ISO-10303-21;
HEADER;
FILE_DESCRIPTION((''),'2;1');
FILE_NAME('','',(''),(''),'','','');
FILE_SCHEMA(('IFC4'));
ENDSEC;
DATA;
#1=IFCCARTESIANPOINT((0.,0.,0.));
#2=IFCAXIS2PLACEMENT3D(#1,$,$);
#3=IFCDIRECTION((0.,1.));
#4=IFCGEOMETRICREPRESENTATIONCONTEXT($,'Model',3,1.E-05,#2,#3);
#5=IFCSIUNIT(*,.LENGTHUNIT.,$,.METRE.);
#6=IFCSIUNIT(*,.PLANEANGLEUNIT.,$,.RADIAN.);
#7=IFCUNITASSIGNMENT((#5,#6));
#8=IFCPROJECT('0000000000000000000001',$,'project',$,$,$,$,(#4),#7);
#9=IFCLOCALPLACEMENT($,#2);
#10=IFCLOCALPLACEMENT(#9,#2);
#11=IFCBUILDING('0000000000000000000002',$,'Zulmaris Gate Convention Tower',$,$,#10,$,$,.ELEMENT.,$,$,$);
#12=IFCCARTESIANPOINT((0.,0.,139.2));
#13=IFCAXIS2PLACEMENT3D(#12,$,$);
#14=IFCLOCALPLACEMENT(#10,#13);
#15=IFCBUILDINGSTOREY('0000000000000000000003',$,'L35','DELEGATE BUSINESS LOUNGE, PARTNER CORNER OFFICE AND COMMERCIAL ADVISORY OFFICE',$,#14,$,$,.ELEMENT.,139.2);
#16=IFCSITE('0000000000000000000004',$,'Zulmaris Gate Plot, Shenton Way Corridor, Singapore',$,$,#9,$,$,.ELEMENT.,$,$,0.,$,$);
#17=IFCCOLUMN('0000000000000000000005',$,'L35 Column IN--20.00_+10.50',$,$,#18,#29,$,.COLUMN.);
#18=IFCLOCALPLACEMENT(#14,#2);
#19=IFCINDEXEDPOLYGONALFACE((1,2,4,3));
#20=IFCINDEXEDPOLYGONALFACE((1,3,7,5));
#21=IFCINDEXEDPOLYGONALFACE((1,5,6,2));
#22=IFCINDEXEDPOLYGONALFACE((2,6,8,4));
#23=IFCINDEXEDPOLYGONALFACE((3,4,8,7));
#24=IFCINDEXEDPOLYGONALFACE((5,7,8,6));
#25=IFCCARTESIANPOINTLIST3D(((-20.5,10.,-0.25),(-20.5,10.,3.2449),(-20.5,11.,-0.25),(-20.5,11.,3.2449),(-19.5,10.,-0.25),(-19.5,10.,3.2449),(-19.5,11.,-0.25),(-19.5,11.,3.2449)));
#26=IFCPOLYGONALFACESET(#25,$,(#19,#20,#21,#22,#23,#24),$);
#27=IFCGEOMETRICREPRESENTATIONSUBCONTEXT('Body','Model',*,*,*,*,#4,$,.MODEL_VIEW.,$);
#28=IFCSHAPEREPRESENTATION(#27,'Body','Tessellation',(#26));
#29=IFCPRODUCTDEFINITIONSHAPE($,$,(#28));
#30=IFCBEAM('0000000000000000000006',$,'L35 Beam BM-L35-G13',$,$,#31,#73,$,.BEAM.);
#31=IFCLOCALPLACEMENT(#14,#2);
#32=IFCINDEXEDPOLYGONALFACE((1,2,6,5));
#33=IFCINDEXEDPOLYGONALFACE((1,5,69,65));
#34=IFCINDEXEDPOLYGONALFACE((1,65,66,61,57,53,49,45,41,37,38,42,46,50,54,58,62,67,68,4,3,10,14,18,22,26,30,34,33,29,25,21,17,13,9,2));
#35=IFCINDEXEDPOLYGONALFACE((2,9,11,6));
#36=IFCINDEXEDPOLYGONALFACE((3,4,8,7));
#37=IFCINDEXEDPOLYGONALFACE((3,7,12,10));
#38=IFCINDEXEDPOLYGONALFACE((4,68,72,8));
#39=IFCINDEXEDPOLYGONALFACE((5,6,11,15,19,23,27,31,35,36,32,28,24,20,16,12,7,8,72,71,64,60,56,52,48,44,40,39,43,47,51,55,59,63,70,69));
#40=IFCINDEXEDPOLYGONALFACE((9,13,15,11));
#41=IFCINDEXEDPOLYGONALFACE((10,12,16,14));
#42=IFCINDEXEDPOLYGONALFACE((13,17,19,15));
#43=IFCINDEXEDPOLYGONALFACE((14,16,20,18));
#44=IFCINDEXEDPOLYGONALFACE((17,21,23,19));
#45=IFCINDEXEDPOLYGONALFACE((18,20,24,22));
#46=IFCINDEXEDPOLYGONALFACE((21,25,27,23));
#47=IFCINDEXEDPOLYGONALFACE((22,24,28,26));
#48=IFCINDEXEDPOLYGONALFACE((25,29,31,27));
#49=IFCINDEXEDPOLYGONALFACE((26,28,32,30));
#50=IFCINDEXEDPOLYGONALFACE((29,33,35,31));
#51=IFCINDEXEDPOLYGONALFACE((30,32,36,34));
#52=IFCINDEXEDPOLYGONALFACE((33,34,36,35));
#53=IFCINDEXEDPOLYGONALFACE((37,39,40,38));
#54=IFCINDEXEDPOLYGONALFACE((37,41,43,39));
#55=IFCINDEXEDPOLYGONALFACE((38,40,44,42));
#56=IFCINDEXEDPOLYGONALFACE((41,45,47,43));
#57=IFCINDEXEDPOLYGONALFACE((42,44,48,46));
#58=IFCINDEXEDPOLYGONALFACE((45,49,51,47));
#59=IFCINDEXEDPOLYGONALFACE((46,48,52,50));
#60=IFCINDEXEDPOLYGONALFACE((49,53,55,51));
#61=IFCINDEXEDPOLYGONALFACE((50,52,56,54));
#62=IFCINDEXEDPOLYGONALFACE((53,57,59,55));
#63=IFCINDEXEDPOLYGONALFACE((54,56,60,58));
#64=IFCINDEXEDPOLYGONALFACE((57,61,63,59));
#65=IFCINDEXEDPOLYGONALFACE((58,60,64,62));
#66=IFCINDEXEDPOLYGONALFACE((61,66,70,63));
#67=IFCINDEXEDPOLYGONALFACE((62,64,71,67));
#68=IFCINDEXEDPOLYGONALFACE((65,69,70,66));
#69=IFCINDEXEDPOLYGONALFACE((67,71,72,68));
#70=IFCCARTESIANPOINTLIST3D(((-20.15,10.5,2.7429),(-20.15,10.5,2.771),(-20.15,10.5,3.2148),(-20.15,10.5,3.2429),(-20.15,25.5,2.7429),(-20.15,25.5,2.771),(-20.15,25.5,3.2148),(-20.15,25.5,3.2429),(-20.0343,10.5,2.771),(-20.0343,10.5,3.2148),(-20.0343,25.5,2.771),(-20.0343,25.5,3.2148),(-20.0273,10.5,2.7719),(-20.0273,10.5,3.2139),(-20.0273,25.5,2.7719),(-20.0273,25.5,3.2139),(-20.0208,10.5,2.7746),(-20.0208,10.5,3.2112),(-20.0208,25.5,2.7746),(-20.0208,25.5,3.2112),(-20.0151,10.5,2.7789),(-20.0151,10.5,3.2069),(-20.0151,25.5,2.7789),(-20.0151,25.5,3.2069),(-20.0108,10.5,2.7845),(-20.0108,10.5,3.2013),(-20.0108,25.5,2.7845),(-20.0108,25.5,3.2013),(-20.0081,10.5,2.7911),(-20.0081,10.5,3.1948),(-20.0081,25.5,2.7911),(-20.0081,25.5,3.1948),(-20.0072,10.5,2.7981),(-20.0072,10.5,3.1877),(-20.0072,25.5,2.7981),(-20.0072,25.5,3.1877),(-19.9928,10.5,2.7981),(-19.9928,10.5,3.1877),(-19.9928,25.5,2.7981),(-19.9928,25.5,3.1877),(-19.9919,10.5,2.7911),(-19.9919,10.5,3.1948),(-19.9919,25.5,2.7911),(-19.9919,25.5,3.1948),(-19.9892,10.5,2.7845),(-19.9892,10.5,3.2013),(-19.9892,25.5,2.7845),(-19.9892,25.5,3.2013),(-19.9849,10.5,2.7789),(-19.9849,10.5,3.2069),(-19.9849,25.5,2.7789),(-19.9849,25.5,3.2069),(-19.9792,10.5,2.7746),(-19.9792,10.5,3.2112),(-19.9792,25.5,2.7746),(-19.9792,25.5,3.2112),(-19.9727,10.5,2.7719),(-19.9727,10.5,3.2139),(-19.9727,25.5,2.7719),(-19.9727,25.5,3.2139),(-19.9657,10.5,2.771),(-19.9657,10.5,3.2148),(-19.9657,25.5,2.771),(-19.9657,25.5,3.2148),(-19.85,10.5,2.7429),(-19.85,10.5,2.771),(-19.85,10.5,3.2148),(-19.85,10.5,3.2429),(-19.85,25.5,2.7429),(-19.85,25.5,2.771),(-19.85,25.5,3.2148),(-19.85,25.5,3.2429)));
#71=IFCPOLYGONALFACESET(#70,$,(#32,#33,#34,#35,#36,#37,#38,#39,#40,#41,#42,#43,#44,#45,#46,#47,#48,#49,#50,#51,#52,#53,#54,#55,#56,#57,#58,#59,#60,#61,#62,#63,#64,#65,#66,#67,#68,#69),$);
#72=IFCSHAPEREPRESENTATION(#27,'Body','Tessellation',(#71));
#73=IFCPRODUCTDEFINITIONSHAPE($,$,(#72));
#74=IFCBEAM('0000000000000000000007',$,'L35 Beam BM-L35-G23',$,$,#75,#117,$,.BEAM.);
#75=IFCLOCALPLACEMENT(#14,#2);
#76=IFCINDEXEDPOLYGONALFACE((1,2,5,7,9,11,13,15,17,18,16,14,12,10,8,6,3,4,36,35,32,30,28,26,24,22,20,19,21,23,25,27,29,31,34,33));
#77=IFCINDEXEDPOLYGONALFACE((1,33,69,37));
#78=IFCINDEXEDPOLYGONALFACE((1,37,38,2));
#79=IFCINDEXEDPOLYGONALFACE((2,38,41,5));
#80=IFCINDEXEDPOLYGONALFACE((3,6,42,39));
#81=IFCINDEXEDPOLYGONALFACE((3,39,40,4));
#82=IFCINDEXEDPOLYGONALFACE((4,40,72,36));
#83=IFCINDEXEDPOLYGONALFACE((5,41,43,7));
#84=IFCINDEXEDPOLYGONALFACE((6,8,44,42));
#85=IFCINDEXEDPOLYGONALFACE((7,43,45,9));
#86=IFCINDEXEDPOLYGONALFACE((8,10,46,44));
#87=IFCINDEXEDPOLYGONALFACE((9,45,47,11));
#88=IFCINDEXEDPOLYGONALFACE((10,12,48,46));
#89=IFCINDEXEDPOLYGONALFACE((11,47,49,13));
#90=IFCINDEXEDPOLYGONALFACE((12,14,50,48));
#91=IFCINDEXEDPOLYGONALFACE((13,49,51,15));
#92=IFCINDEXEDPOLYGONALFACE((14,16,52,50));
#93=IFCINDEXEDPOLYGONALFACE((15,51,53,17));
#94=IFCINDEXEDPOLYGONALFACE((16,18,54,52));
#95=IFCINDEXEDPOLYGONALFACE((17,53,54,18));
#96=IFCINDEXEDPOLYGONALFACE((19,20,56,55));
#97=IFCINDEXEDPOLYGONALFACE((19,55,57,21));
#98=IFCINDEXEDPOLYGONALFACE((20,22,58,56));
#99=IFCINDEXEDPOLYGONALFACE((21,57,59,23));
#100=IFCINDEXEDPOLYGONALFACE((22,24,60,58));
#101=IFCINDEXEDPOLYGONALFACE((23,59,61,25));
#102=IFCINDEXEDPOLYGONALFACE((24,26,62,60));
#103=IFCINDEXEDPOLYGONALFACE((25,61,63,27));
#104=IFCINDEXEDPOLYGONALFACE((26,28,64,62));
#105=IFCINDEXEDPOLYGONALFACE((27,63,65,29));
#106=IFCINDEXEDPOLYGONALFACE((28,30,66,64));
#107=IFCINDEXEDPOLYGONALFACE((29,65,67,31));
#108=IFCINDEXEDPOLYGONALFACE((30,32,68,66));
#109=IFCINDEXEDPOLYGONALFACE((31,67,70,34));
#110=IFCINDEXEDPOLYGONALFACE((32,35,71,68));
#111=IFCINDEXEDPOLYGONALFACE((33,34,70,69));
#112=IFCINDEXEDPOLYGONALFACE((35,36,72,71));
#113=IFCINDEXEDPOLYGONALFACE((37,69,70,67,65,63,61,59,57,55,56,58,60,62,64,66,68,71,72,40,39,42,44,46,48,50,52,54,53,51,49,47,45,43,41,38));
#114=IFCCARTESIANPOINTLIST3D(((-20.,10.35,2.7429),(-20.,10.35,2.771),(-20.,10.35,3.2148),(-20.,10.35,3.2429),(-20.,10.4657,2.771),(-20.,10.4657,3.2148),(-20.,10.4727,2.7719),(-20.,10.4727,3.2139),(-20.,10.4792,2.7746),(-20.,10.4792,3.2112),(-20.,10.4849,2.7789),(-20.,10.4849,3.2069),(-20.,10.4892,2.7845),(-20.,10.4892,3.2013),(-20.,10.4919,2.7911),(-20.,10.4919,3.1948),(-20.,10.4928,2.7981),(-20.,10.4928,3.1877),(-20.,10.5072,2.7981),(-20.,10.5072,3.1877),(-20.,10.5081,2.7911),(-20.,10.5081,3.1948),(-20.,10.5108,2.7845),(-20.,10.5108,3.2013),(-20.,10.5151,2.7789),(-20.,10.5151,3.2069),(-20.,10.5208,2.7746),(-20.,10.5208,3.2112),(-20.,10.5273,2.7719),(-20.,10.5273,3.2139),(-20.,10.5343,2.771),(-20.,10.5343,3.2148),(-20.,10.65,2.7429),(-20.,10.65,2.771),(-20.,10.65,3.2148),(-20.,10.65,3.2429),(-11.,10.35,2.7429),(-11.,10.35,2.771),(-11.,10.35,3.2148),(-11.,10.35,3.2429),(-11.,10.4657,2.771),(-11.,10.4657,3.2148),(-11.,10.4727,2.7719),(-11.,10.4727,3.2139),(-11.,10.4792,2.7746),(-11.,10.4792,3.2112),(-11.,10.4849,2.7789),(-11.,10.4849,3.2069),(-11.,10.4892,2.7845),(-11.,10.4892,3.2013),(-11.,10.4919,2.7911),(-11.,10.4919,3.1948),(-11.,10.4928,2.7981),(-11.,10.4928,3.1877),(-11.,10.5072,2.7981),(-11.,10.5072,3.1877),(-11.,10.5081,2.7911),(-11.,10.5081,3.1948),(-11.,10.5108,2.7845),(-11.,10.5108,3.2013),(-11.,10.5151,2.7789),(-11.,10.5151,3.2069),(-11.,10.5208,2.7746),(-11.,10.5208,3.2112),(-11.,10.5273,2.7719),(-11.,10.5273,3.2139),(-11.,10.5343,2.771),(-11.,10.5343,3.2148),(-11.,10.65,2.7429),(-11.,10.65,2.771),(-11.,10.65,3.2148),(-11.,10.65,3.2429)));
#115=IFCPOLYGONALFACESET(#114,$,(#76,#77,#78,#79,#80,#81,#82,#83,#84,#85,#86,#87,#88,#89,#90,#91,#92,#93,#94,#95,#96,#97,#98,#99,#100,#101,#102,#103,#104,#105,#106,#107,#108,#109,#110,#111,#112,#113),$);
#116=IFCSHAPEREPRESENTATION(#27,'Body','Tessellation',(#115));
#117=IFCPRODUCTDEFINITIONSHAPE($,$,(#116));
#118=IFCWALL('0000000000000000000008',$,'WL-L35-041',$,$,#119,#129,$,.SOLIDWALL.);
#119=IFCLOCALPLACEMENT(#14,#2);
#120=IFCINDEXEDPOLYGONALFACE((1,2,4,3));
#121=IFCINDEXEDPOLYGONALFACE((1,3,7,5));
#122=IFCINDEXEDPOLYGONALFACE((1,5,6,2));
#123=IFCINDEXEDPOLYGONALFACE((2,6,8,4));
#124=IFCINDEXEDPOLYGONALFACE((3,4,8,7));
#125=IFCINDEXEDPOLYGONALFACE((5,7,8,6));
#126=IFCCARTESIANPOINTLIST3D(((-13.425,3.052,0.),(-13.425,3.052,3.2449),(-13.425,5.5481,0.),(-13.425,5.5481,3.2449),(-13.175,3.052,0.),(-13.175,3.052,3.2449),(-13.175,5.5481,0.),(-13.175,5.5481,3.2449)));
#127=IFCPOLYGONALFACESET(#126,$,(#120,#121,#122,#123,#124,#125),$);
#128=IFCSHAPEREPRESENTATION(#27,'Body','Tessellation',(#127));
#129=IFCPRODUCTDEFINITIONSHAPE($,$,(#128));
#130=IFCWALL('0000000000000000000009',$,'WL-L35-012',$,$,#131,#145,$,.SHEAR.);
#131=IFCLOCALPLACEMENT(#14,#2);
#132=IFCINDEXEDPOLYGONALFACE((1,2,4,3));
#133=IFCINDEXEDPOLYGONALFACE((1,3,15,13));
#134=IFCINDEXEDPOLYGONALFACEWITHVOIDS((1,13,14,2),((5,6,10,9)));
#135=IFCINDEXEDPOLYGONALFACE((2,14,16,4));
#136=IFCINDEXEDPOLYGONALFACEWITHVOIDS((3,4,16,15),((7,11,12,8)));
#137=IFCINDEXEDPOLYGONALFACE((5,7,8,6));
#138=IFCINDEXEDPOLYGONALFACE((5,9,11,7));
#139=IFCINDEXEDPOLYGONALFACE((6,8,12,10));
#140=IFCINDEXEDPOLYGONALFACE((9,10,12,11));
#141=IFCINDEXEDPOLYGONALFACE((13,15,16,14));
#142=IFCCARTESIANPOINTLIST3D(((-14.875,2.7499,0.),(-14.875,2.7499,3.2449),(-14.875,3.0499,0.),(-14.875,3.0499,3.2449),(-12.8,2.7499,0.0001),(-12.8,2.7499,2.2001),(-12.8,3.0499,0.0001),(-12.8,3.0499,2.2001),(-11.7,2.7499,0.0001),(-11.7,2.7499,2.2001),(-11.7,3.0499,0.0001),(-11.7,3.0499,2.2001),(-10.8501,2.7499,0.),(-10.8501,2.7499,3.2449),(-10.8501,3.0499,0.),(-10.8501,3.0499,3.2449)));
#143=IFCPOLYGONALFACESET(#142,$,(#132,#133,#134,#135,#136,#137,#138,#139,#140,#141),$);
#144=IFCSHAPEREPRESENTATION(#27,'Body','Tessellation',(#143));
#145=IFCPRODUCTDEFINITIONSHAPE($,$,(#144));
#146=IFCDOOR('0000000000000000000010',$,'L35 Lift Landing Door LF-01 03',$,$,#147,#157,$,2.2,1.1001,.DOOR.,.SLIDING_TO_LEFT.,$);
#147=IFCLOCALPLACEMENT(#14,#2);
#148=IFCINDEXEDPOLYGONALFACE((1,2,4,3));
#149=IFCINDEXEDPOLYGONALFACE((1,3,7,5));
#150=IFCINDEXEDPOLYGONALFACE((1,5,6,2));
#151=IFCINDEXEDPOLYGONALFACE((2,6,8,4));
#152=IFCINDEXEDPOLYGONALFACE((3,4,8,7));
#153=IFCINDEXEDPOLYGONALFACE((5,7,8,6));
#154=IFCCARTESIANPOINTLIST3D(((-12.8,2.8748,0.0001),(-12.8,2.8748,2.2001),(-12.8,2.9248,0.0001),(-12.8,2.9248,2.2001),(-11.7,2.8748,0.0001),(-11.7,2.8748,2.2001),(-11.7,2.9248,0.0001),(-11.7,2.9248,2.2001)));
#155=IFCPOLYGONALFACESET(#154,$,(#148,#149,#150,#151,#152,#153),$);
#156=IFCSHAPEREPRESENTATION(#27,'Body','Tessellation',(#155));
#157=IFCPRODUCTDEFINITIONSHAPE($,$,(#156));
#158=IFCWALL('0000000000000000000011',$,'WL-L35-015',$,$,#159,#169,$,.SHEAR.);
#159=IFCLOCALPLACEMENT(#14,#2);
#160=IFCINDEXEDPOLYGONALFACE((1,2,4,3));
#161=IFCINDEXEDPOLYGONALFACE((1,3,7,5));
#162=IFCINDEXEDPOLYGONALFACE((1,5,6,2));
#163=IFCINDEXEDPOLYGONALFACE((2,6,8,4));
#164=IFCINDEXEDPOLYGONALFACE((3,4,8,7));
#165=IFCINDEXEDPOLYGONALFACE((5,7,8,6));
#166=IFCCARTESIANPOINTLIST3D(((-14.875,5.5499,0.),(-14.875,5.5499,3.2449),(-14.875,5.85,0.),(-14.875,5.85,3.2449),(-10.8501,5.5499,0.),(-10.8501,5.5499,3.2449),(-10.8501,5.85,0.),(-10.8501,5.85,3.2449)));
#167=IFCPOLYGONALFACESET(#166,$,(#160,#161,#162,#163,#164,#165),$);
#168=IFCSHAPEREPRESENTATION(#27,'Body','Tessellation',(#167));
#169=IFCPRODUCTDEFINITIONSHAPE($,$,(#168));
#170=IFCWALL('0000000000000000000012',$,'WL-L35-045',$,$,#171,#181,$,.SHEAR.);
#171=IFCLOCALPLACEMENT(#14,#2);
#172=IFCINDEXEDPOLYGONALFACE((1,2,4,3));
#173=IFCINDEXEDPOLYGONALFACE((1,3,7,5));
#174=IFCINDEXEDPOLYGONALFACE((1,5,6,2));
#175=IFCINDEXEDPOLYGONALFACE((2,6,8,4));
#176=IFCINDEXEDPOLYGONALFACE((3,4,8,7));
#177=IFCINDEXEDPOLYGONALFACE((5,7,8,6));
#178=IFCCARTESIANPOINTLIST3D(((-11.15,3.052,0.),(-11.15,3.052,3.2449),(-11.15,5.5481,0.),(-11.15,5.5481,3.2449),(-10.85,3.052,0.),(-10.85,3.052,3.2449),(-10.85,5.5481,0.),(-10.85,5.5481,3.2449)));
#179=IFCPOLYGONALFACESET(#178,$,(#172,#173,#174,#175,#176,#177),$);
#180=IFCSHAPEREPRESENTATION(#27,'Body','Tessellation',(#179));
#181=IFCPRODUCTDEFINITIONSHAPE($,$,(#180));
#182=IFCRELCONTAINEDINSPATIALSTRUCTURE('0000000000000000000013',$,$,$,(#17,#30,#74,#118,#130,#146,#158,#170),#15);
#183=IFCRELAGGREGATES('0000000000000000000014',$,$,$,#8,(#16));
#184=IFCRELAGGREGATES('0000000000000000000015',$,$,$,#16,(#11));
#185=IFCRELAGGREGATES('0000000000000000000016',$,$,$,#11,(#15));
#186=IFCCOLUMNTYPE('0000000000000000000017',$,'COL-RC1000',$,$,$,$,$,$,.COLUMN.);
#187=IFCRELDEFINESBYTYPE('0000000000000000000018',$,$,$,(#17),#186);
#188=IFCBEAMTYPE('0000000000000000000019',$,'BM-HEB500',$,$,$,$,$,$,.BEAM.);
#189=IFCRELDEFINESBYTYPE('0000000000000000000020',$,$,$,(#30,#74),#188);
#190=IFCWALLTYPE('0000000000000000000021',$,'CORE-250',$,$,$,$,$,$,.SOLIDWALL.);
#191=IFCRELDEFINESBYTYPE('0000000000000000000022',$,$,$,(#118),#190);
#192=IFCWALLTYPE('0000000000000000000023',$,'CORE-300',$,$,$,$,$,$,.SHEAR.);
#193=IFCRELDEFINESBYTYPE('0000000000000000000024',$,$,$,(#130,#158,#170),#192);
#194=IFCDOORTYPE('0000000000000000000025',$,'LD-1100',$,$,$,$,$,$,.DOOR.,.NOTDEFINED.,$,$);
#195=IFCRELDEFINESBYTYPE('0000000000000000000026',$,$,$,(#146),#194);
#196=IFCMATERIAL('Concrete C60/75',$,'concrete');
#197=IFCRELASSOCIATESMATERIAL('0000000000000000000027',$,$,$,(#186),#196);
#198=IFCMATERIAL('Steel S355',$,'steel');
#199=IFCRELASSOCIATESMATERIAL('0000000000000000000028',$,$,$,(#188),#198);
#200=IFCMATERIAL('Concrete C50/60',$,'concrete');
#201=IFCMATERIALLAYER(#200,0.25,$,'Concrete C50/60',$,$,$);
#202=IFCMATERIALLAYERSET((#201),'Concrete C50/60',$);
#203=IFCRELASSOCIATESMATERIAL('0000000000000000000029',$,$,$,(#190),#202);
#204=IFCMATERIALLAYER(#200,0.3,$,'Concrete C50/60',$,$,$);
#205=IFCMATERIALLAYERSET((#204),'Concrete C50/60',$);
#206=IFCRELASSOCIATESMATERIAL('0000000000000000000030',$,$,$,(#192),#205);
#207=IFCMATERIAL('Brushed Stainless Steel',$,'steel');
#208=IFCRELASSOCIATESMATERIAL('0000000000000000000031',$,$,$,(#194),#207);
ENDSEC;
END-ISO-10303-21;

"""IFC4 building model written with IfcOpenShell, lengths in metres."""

from ifc_helpers import new_model, si_unit, direction, frame, frame_2d, origin, origin_2d, place, context, subcontext, project, spatial, rectangle, i_section, extrude, material, layer, layer_set, material_profile, profile_set, type_object, element, fill, save


model = new_model("IFC4")

# Units and contexts
model_context = context("Model", 3, precision=1e-05, world=origin(), true_north=direction((0.0, 1.0)))
body_context = subcontext(model_context, "Body", "Model", "MODEL_VIEW")
ifc_project = project(units=[si_unit("LENGTHUNIT", "METRE"), si_unit("PLANEANGLEUNIT", "RADIAN")], contexts=[model_context])

# Site, building, storey
site_placement = place(None, origin())
site = spatial("IfcSite", under=ifc_project, at=site_placement, Name="Zulmaris Gate Plot, Shenton Way Corridor, Singapore", CompositionType="ELEMENT", RefElevation=0.0)
building_placement = place(site_placement, origin())
building = spatial("IfcBuilding", under=site, at=building_placement, Name="Zulmaris Gate Convention Tower", CompositionType="ELEMENT")
storey_placement = place(building_placement, frame((0.0, 0.0, 139.2)))
storey = spatial("IfcBuildingStorey", under=building, at=storey_placement, Name="L35", Description="DELEGATE BUSINESS LOUNGE, PARTNER CORNER OFFICE AND COMMERCIAL ADVISORY OFFICE", CompositionType="ELEMENT", Elevation=139.2)

# Column
ifc_material_1 = material(Name="Concrete C60/75", Category="concrete")
ifc_material_profile_1 = material_profile(ifc_material_1, rectangle(XDim=1.0, YDim=1.0, at=origin_2d()), Name="RC COL 1000x1000")
ifc_profile_set_1 = profile_set([ifc_material_profile_1], Name="Concrete C60/75")
column_type = type_object("IfcColumnType", Name="COL-RC1000", PredefinedType="COLUMN", material=ifc_profile_set_1)
column_placement = place(storey_placement, frame((-20.0, 10.5, -0.25), z_axis=(0.0, 0.0, 1.0), x_axis=(1.0, 0.0, 0.0)))
element("IfcColumn", 1, at=column_placement, inside=storey, type_object=column_type, Name="L35 Column IN--20.00_+10.50", PredefinedType="COLUMN", context=body_context, shape_type="SweptSolid", body=[
    extrude(rectangle(XDim=1.0, YDim=1.0, at=origin_2d()), origin(), (0.0, 0.0, 1.0), 3.4949),
])

# Beams
ifc_material_2 = material(Name="Steel S355", Category="steel")
ifc_material_profile_2 = material_profile(ifc_material_2, i_section(OverallWidth=0.3, OverallDepth=0.5, WebThickness=0.0144, FlangeThickness=0.0281, FilletRadius=0.0271, at=origin_2d()), Name="HEB 500")
ifc_profile_set_2 = profile_set([ifc_material_profile_2], Name="Steel S355")
beam_type = type_object("IfcBeamType", Name="BM-HEB500", PredefinedType="BEAM", material=ifc_profile_set_2)
beam_1_placement = place(storey_placement, frame((-20.0, 10.5, 2.9929), z_axis=(0.0, 1.0, 0.0), x_axis=(-1.0, 0.0, 0.0)))
element("IfcBeam", 2, at=beam_1_placement, inside=storey, type_object=beam_type, Name="L35 Beam BM-L35-G13", PredefinedType="BEAM", context=body_context, shape_type="SweptSolid", body=[
    extrude(i_section(OverallWidth=0.3, OverallDepth=0.5, WebThickness=0.0144, FlangeThickness=0.0281, FilletRadius=0.0271, at=origin_2d()), origin(), (0.0, 0.0, 1.0), 15.0),
])
beam_2_placement = place(storey_placement, frame((-20.0, 10.5, 2.9929), z_axis=(1.0, 0.0, 0.0), x_axis=(0.0, 1.0, 0.0)))
element("IfcBeam", 3, at=beam_2_placement, inside=storey, type_object=beam_type, Name="L35 Beam BM-L35-G23", PredefinedType="BEAM", context=body_context, shape_type="SweptSolid", body=[
    extrude(i_section(OverallWidth=0.3, OverallDepth=0.5, WebThickness=0.0144, FlangeThickness=0.0281, FilletRadius=0.0271, at=origin_2d()), origin(), (0.0, 0.0, 1.0), 9.0),
])

# Wall
ifc_material_3 = material(Name="Concrete C50/60", Category="concrete")
ifc_layer_1 = layer(ifc_material_3, 0.25, Name="Concrete C50/60")
ifc_layer_set_1 = layer_set([ifc_layer_1], Name="Concrete C50/60")
wall_type_1 = type_object("IfcWallType", Name="CORE-250", PredefinedType="SOLIDWALL", material=ifc_layer_set_1)
wall_1_placement = place(storey_placement, frame((-13.3, 3.052, 0.0), z_axis=(0.0, 0.0, 1.0), x_axis=(0.0, 1.0, 0.0)))
element("IfcWall", 4, at=wall_1_placement, inside=storey, type_object=wall_type_1, Name="WL-L35-041", PredefinedType="SOLIDWALL", context=body_context, shape_type="SweptSolid", body=[
    extrude(rectangle(XDim=2.4961, YDim=0.25, at=frame_2d((1.248, 0.0))), origin(), (0.0, 0.0, 1.0), 3.2449),
])

# Wall, opening, door
ifc_layer_2 = layer(ifc_material_3, 0.3, Name="Concrete C50/60")
ifc_layer_set_2 = layer_set([ifc_layer_2], Name="Concrete C50/60")
wall_type_2 = type_object("IfcWallType", Name="CORE-300", PredefinedType="SHEAR", material=ifc_layer_set_2)
wall_2_placement = place(storey_placement, frame((-14.875, 2.8999, 0.0), z_axis=(0.0, 0.0, 1.0), x_axis=(1.0, 0.0, 0.0)))
wall_2 = element("IfcWall", 5, at=wall_2_placement, inside=storey, type_object=wall_type_2, Name="WL-L35-012", PredefinedType="SHEAR", context=body_context, shape_type="SweptSolid", body=[
    extrude(rectangle(XDim=4.0249, YDim=0.3, at=frame_2d((2.0125, 0.0))), origin(), (0.0, 0.0, 1.0), 3.2449),
])
opening_1_placement = place(wall_2_placement, frame((2.075, 0.0, 0.0)))
opening_1 = element("IfcOpeningElement", 6, at=opening_1_placement, cuts=wall_2, PredefinedType="OPENING", context=body_context, shape_type="SweptSolid", body=[
    extrude(rectangle(XDim=1.1001, YDim=2.2, at=frame_2d((0.55, 1.1001))), frame((0.0, 0.1602, 0.0), z_axis=(0.0, -1.0, 0.0), x_axis=(1.0, 0.0, 0.0)), (0.0, 0.0, 1.0), 0.3201),
])
ifc_material_4 = material(Name="Brushed Stainless Steel", Category="steel")
door_type_1 = type_object("IfcDoorType", Name="LD-1100", OperationType="NOTDEFINED", PredefinedType="DOOR", material=ifc_material_4)
door_1_placement = place(opening_1_placement, origin())
door_1 = element("IfcDoor", 7, at=door_1_placement, inside=storey, type_object=door_type_1, Name="L35 Lift Landing Door LF-01 03", OperationType="SLIDING_TO_LEFT", OverallHeight=2.2, OverallWidth=1.1001, PredefinedType="DOOR", context=body_context, shape_type="SweptSolid", body=[
    extrude(rectangle(XDim=1.1001, YDim=2.2, at=frame_2d((0.55, 1.1001))), frame((0.0, 0.0249, 0.0), z_axis=(0.0, -1.0, 0.0), x_axis=(1.0, 0.0, 0.0)), (0.0, 0.0, 1.0), 0.05),
])
fill(opening_1, door_1)

# Wall
wall_3_placement = place(storey_placement, frame((-14.875, 5.7, 0.0), z_axis=(0.0, 0.0, 1.0), x_axis=(1.0, 0.0, 0.0)))
element("IfcWall", 8, at=wall_3_placement, inside=storey, type_object=wall_type_2, Name="WL-L35-015", PredefinedType="SHEAR", context=body_context, shape_type="SweptSolid", body=[
    extrude(rectangle(XDim=4.0249, YDim=0.3, at=frame_2d((2.0125, 0.0))), origin(), (0.0, 0.0, 1.0), 3.2449),
])

# Wall
wall_4_placement = place(storey_placement, frame((-11.0, 3.052, 0.0), z_axis=(0.0, 0.0, 1.0), x_axis=(0.0, 1.0, 0.0)))
element("IfcWall", 9, at=wall_4_placement, inside=storey, type_object=wall_type_2, Name="WL-L35-045", PredefinedType="SHEAR", context=body_context, shape_type="SweptSolid", body=[
    extrude(rectangle(XDim=2.4961, YDim=0.3, at=frame_2d((1.248, 0.0))), origin(), (0.0, 0.0, 1.0), 3.2449),
])

save(model, "model.ifc")
